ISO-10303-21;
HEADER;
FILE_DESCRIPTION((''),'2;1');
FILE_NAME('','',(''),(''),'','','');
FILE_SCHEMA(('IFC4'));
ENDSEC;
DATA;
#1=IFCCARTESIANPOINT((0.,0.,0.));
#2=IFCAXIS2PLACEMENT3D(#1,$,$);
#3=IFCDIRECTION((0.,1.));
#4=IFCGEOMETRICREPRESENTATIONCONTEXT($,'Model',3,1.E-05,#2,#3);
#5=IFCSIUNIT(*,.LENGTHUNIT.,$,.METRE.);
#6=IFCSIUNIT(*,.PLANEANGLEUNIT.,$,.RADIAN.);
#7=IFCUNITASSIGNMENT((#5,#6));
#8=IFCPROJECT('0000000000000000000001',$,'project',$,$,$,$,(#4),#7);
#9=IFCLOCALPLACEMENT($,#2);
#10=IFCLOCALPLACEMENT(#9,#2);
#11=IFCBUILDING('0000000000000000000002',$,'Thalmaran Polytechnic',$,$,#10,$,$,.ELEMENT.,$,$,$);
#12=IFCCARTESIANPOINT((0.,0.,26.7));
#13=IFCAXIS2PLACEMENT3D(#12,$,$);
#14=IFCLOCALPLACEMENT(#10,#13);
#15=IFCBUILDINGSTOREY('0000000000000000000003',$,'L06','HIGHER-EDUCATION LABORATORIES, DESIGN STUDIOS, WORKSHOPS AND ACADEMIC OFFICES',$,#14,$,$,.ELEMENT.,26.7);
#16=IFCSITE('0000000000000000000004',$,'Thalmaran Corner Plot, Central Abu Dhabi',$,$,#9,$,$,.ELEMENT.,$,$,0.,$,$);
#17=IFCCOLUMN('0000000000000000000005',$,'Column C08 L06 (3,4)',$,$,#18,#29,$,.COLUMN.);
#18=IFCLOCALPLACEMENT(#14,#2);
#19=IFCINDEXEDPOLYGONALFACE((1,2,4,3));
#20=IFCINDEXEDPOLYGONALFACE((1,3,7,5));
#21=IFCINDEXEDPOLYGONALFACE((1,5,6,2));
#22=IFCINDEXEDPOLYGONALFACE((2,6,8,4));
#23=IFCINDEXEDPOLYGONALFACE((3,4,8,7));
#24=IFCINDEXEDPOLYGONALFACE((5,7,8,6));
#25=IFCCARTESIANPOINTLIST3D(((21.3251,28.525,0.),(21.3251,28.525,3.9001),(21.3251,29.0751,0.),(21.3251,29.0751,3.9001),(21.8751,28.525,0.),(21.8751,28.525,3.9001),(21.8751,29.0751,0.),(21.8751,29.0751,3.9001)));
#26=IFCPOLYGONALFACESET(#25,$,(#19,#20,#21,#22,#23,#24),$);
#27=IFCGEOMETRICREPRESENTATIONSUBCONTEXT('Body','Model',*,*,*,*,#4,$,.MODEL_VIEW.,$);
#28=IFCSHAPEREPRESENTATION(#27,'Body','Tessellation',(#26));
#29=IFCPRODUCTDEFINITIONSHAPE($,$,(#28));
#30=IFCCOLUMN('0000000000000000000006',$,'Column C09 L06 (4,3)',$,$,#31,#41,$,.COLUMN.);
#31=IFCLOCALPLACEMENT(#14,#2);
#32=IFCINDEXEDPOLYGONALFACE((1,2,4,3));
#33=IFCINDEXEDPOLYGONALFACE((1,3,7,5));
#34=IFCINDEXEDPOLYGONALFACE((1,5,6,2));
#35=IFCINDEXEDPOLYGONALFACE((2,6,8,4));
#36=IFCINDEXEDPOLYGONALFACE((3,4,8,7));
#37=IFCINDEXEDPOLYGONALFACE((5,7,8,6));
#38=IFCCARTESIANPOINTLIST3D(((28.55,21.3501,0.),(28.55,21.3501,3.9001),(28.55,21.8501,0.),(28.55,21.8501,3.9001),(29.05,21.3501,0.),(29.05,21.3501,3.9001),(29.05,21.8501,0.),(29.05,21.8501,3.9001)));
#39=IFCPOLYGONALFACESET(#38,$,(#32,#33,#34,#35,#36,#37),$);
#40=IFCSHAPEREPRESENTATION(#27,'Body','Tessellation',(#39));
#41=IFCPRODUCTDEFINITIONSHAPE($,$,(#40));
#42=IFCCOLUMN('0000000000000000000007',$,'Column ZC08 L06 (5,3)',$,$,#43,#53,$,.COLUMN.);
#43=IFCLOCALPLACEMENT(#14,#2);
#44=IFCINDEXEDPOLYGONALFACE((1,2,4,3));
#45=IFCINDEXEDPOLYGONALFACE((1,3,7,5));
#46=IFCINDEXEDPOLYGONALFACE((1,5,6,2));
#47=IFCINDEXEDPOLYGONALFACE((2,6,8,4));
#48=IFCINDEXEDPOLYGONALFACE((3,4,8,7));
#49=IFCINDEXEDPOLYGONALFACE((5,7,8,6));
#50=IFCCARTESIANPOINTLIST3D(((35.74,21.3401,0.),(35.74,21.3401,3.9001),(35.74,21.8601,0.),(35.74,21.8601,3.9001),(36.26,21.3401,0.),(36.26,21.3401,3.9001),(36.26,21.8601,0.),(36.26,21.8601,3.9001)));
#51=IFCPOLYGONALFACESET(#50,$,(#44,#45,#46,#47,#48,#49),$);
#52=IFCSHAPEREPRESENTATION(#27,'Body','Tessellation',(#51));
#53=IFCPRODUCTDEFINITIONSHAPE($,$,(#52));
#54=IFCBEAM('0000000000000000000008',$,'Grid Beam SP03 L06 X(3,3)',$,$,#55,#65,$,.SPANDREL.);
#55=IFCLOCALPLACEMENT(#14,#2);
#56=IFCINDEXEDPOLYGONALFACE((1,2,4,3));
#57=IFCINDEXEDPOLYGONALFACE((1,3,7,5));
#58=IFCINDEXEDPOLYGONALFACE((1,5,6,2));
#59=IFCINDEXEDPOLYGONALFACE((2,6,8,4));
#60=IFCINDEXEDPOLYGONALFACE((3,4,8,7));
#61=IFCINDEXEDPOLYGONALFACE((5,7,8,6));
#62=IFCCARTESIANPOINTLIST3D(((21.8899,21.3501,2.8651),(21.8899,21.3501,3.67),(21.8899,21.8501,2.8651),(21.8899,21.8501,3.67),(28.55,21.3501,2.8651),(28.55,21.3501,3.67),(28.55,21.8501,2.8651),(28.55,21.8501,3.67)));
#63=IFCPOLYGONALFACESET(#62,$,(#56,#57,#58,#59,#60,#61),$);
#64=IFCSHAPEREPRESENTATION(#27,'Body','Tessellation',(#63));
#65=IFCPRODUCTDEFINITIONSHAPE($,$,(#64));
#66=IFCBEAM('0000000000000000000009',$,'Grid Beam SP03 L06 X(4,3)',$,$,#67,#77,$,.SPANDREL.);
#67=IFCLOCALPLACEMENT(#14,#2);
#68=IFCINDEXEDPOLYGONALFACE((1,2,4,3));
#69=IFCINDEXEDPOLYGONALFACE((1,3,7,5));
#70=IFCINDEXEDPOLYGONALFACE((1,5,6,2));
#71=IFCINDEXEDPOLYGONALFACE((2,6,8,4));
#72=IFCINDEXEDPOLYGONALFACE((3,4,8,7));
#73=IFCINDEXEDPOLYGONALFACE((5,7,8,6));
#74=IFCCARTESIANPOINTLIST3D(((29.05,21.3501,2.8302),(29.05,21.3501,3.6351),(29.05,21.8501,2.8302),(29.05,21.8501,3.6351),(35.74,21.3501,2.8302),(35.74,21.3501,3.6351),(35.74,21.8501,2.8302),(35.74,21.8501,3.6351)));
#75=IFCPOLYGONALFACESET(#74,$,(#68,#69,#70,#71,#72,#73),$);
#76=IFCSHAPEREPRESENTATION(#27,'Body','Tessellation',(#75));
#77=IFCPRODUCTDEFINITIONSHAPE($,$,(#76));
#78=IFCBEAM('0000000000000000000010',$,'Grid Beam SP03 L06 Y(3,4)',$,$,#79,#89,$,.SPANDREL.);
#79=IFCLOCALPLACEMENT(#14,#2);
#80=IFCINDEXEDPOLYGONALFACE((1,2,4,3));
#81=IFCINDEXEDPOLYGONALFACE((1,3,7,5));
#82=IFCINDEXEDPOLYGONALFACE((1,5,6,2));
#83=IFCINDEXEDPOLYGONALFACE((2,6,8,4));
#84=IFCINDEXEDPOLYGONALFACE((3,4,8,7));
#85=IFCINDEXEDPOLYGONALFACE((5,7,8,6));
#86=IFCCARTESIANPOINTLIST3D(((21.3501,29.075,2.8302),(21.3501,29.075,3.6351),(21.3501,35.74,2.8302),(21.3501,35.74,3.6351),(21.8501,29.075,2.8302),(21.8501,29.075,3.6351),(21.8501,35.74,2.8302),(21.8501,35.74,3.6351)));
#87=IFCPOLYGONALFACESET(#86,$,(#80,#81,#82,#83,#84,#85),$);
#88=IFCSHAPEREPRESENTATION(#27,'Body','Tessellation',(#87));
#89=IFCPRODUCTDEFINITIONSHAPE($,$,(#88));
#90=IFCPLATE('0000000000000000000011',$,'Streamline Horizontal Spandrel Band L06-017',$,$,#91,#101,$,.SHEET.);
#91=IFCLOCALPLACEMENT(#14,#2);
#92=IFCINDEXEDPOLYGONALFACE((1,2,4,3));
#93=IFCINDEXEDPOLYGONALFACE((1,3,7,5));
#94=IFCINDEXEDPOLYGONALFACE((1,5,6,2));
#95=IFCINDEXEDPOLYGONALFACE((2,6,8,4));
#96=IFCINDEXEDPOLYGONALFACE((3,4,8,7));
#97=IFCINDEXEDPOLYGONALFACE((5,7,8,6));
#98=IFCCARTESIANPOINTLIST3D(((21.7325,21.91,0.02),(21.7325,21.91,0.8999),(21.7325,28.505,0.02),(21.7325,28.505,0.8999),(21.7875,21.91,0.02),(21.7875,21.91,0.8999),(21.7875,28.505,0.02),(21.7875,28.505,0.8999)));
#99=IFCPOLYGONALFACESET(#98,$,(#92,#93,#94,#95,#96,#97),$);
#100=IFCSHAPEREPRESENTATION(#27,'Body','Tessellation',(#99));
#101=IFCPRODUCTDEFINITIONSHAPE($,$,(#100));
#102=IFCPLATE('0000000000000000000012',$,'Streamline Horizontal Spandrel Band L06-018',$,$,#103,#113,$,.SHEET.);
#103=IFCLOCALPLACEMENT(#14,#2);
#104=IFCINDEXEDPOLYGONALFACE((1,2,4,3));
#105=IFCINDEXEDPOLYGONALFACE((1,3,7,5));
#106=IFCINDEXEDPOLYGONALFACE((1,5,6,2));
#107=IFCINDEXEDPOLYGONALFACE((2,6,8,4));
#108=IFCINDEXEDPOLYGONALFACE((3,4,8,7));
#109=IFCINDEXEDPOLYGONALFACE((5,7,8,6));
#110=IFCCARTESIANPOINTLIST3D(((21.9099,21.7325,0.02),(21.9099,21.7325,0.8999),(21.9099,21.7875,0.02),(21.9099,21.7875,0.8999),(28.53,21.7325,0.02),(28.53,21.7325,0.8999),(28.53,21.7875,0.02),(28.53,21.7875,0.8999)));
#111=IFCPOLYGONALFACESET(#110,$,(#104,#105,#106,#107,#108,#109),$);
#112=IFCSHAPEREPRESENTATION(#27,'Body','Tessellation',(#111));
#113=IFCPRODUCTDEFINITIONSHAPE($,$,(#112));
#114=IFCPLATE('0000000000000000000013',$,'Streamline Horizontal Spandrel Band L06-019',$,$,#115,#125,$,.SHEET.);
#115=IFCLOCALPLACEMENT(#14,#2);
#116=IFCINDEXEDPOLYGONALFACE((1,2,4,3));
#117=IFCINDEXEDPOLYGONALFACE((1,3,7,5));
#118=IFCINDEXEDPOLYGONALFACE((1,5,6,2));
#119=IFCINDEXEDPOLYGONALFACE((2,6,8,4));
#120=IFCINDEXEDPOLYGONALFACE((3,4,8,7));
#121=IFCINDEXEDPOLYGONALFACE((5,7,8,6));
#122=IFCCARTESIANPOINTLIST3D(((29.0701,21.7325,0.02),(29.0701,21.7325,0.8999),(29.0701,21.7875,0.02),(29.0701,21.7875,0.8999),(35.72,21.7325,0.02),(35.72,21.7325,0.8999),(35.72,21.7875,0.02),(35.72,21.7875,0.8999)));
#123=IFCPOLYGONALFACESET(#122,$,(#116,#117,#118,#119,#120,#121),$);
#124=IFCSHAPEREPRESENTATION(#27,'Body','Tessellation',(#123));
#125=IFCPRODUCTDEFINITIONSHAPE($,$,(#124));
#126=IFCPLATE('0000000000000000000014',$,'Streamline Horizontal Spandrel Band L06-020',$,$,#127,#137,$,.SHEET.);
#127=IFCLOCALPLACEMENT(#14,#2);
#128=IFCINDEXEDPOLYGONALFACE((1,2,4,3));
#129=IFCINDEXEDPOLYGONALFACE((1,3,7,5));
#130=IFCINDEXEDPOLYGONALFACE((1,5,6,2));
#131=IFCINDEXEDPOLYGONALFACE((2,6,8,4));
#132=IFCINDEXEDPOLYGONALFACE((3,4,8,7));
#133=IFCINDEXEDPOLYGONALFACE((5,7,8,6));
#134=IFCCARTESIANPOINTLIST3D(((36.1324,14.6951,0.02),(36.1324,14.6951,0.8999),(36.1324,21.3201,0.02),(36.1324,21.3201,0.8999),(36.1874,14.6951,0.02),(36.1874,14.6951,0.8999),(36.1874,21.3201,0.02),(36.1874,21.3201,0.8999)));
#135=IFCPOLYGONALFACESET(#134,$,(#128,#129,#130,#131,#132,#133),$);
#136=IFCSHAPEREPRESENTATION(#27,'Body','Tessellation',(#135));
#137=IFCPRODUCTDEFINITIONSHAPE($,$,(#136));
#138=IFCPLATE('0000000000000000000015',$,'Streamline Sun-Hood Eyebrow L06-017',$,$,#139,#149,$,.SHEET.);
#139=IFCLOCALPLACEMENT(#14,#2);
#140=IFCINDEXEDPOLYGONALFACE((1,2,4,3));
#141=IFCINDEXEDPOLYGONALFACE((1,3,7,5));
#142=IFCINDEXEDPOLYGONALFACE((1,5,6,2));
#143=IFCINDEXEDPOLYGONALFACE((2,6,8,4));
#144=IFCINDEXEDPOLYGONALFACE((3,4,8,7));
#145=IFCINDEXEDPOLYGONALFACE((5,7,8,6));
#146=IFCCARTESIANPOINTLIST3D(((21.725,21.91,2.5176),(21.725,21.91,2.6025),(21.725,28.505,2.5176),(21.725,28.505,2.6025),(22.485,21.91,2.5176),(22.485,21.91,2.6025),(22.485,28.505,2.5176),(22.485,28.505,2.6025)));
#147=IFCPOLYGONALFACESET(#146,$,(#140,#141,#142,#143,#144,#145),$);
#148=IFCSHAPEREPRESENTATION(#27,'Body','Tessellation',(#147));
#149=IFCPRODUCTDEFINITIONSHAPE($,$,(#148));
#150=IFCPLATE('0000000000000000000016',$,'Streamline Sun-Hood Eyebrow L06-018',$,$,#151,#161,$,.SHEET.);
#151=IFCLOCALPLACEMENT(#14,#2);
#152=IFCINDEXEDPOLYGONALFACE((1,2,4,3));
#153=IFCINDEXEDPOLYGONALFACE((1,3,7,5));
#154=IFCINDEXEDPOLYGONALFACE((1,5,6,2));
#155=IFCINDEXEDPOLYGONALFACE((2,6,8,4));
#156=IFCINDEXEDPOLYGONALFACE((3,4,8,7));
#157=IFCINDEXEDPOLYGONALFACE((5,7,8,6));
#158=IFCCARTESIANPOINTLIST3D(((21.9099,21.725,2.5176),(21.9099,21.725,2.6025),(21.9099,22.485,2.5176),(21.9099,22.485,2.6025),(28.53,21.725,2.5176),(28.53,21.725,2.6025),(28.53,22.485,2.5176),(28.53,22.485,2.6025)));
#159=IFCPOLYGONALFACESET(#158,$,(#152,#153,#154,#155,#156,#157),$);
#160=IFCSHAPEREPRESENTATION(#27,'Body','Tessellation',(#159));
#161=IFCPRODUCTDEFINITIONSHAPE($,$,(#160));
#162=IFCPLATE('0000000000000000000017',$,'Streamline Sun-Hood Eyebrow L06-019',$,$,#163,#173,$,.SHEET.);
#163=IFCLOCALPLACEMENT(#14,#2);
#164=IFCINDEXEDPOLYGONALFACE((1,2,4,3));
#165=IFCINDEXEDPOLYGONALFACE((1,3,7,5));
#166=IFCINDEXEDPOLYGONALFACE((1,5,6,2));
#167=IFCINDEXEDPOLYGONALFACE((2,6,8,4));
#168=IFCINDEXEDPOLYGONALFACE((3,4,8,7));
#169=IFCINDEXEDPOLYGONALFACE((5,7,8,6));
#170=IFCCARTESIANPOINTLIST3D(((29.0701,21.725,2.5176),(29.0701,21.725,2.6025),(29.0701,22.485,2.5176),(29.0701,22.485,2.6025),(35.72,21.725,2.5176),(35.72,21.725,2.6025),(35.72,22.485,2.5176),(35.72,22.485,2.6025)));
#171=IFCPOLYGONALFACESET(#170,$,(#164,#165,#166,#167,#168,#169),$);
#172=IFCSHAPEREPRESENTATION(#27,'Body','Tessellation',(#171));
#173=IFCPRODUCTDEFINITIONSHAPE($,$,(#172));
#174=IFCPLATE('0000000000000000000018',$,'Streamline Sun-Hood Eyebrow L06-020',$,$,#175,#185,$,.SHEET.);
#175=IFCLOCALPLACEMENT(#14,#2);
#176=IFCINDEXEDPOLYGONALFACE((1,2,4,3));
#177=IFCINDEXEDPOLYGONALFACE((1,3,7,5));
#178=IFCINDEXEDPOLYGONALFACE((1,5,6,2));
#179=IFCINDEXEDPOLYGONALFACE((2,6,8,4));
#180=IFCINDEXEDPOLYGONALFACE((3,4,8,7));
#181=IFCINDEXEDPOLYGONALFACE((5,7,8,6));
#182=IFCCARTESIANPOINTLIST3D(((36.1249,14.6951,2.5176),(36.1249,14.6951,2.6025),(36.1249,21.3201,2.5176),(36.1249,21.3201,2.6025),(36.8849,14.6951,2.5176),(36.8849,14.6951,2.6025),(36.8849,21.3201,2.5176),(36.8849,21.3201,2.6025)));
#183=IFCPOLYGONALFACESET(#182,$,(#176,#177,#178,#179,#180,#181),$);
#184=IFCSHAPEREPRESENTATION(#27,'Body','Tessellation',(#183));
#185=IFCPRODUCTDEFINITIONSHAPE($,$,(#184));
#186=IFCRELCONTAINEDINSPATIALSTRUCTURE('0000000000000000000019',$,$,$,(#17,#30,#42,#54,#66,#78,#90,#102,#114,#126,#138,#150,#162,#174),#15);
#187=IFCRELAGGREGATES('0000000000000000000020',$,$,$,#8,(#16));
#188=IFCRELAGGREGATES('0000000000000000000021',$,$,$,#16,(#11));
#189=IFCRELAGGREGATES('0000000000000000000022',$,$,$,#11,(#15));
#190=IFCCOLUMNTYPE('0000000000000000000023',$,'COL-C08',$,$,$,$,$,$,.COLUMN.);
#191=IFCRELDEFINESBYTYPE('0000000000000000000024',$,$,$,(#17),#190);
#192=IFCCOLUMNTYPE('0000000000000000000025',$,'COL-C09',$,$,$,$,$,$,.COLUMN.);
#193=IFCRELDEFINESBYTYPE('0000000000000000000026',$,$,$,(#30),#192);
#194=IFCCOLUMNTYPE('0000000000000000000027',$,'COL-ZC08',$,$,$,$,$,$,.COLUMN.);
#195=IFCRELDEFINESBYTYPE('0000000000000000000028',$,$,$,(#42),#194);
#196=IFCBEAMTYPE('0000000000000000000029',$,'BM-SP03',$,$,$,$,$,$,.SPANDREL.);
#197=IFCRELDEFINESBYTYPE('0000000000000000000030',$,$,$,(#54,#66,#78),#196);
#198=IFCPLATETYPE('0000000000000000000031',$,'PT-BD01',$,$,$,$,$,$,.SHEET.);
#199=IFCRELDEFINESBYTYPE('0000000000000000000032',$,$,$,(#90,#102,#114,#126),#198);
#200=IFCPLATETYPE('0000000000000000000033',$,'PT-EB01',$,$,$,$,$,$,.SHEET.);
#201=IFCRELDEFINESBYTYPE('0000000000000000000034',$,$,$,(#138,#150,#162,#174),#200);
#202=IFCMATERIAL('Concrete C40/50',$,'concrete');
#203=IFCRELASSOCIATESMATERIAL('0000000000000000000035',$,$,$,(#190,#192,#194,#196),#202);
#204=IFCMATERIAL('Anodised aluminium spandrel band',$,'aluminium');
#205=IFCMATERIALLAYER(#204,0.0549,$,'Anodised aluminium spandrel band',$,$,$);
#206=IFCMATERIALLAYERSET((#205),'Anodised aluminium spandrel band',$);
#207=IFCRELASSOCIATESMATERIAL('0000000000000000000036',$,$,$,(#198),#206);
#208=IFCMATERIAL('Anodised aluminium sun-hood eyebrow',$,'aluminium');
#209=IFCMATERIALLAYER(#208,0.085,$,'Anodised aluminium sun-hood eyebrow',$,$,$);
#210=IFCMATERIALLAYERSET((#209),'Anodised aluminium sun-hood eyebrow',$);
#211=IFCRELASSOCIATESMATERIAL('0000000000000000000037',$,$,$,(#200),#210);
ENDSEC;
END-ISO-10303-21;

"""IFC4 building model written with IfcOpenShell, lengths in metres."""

from ifc_helpers import new_model, si_unit, direction, frame, origin, origin_2d, place, context, subcontext, project, spatial, rectangle, extrude, material, layer, layer_set, material_profile, profile_set, type_object, element, save


model = new_model("IFC4")

# Units and contexts
model_context = context("Model", 3, precision=1e-05, world=origin(), true_north=direction((0.0, 1.0)))
body_context = subcontext(model_context, "Body", "Model", "MODEL_VIEW")
ifc_project = project(units=[si_unit("LENGTHUNIT", "METRE"), si_unit("PLANEANGLEUNIT", "RADIAN")], contexts=[model_context])

# Site, building, storey
site_placement = place(None, origin())
site = spatial("IfcSite", under=ifc_project, at=site_placement, Name="Thalmaran Corner Plot, Central Abu Dhabi", CompositionType="ELEMENT", RefElevation=0.0)
building_placement = place(site_placement, origin())
building = spatial("IfcBuilding", under=site, at=building_placement, Name="Thalmaran Polytechnic", CompositionType="ELEMENT")
storey_placement = place(building_placement, frame((0.0, 0.0, 26.7)))
storey = spatial("IfcBuildingStorey", under=building, at=storey_placement, Name="L06", Description="HIGHER-EDUCATION LABORATORIES, DESIGN STUDIOS, WORKSHOPS AND ACADEMIC OFFICES", CompositionType="ELEMENT", Elevation=26.7)

# Columns
ifc_material_1 = material(Name="Concrete C40/50", Category="concrete")
ifc_material_profile_1 = material_profile(ifc_material_1, rectangle(XDim=0.55, YDim=0.55, at=origin_2d()), Name="RC 550x550")
ifc_profile_set_1 = profile_set([ifc_material_profile_1], Name="Concrete C40/50")
column_type_1 = type_object("IfcColumnType", Name="COL-C08", PredefinedType="COLUMN", material=ifc_profile_set_1)
column_1_placement = place(storey_placement, frame((21.6001, 28.8, 0.0), z_axis=(0.0, 0.0, 1.0), x_axis=(1.0, 0.0, 0.0)))
element("IfcColumn", 1, at=column_1_placement, inside=storey, type_object=column_type_1, Name="Column C08 L06 (3,4)", PredefinedType="COLUMN", context=body_context, shape_type="SweptSolid", body=[
    extrude(rectangle(XDim=0.55, YDim=0.55, at=origin_2d()), origin(), (0.0, 0.0, 1.0), 3.9001),
])
ifc_material_profile_2 = material_profile(ifc_material_1, rectangle(XDim=0.5, YDim=0.5, at=origin_2d()), Name="RC 500x500")
ifc_profile_set_2 = profile_set([ifc_material_profile_2], Name="Concrete C40/50")
column_type_2 = type_object("IfcColumnType", Name="COL-C09", PredefinedType="COLUMN", material=ifc_profile_set_2)
column_2_placement = place(storey_placement, frame((28.8, 21.6001, 0.0), z_axis=(0.0, 0.0, 1.0), x_axis=(1.0, 0.0, 0.0)))
element("IfcColumn", 2, at=column_2_placement, inside=storey, type_object=column_type_2, Name="Column C09 L06 (4,3)", PredefinedType="COLUMN", context=body_context, shape_type="SweptSolid", body=[
    extrude(rectangle(XDim=0.5, YDim=0.5, at=origin_2d()), origin(), (0.0, 0.0, 1.0), 3.9001),
])
ifc_material_profile_3 = material_profile(ifc_material_1, rectangle(XDim=0.52, YDim=0.52, at=origin_2d()), Name="RC 520x520")
ifc_profile_set_3 = profile_set([ifc_material_profile_3], Name="Concrete C40/50")
column_type_3 = type_object("IfcColumnType", Name="COL-ZC08", PredefinedType="COLUMN", material=ifc_profile_set_3)
column_3_placement = place(storey_placement, frame((36.0, 21.6001, 0.0), z_axis=(0.0, 0.0, 1.0), x_axis=(1.0, 0.0, 0.0)))
element("IfcColumn", 3, at=column_3_placement, inside=storey, type_object=column_type_3, Name="Column ZC08 L06 (5,3)", PredefinedType="COLUMN", context=body_context, shape_type="SweptSolid", body=[
    extrude(rectangle(XDim=0.52, YDim=0.52, at=origin_2d()), origin(), (0.0, 0.0, 1.0), 3.9001),
])

# Beams
ifc_material_profile_4 = material_profile(ifc_material_1, rectangle(XDim=0.5, YDim=0.8049, at=origin_2d()), Name="RC 500x805")
ifc_profile_set_4 = profile_set([ifc_material_profile_4], Name="Concrete C40/50")
beam_type = type_object("IfcBeamType", Name="BM-SP03", PredefinedType="SPANDREL", material=ifc_profile_set_4)
beam_1_placement = place(storey_placement, frame((21.8899, 21.6001, 3.2676), z_axis=(1.0, 0.0, 0.0), x_axis=(0.0, 1.0, 0.0)))
element("IfcBeam", 4, at=beam_1_placement, inside=storey, type_object=beam_type, Name="Grid Beam SP03 L06 X(3,3)", PredefinedType="SPANDREL", context=body_context, shape_type="SweptSolid", body=[
    extrude(rectangle(XDim=0.5, YDim=0.8049, at=origin_2d()), origin(), (0.0, 0.0, 1.0), 6.6602),
])
beam_2_placement = place(storey_placement, frame((29.05, 21.6001, 3.2327), z_axis=(1.0, 0.0, 0.0), x_axis=(0.0, 1.0, 0.0)))
element("IfcBeam", 5, at=beam_2_placement, inside=storey, type_object=beam_type, Name="Grid Beam SP03 L06 X(4,3)", PredefinedType="SPANDREL", context=body_context, shape_type="SweptSolid", body=[
    extrude(rectangle(XDim=0.5, YDim=0.8049, at=origin_2d()), origin(), (0.0, 0.0, 1.0), 6.6899),
])
beam_3_placement = place(storey_placement, frame((21.6001, 29.075, 3.2327), z_axis=(0.0, 1.0, 0.0), x_axis=(-1.0, 0.0, 0.0)))
element("IfcBeam", 6, at=beam_3_placement, inside=storey, type_object=beam_type, Name="Grid Beam SP03 L06 Y(3,4)", PredefinedType="SPANDREL", context=body_context, shape_type="SweptSolid", body=[
    extrude(rectangle(XDim=0.5, YDim=0.8049, at=origin_2d()), origin(), (0.0, 0.0, 1.0), 6.665),
])

# Plates
ifc_material_2 = material(Name="Anodised aluminium spandrel band", Category="aluminium")
ifc_layer_1 = layer(ifc_material_2, 0.0549, Name="Anodised aluminium spandrel band")
ifc_layer_set_1 = layer_set([ifc_layer_1], Name="Anodised aluminium spandrel band")
plate_type_1 = type_object("IfcPlateType", Name="PT-BD01", PredefinedType="SHEET", material=ifc_layer_set_1)
plate_1_placement = place(storey_placement, frame((21.76, 25.2075, 0.02), z_axis=(0.0, 0.0, 1.0), x_axis=(0.0, -1.0, 0.0)))
element("IfcPlate", 7, at=plate_1_placement, inside=storey, type_object=plate_type_1, Name="Streamline Horizontal Spandrel Band L06-017", PredefinedType="SHEET", context=body_context, shape_type="SweptSolid", body=[
    extrude(rectangle(XDim=6.595, YDim=0.0549, at=origin_2d()), origin(), (0.0, 0.0, 1.0), 0.8799),
])
plate_2_placement = place(storey_placement, frame((25.22, 21.76, 0.02), z_axis=(0.0, 0.0, 1.0), x_axis=(1.0, 0.0, 0.0)))
element("IfcPlate", 8, at=plate_2_placement, inside=storey, type_object=plate_type_1, Name="Streamline Horizontal Spandrel Band L06-018", PredefinedType="SHEET", context=body_context, shape_type="SweptSolid", body=[
    extrude(rectangle(XDim=6.6201, YDim=0.0549, at=origin_2d()), origin(), (0.0, 0.0, 1.0), 0.8799),
])
plate_3_placement = place(storey_placement, frame((32.395, 21.76, 0.02), z_axis=(0.0, 0.0, 1.0), x_axis=(1.0, 0.0, 0.0)))
element("IfcPlate", 9, at=plate_3_placement, inside=storey, type_object=plate_type_1, Name="Streamline Horizontal Spandrel Band L06-019", PredefinedType="SHEET", context=body_context, shape_type="SweptSolid", body=[
    extrude(rectangle(XDim=6.6499, YDim=0.0549, at=origin_2d()), origin(), (0.0, 0.0, 1.0), 0.8799),
])
plate_4_placement = place(storey_placement, frame((36.1599, 18.0076, 0.02), z_axis=(0.0, 0.0, 1.0), x_axis=(0.0, -1.0, 0.0)))
element("IfcPlate", 10, at=plate_4_placement, inside=storey, type_object=plate_type_1, Name="Streamline Horizontal Spandrel Band L06-020", PredefinedType="SHEET", context=body_context, shape_type="SweptSolid", body=[
    extrude(rectangle(XDim=6.625, YDim=0.0549, at=origin_2d()), origin(), (0.0, 0.0, 1.0), 0.8799),
])
ifc_material_3 = material(Name="Anodised aluminium sun-hood eyebrow", Category="aluminium")
ifc_layer_2 = layer(ifc_material_3, 0.085, Name="Anodised aluminium sun-hood eyebrow")
ifc_layer_set_2 = layer_set([ifc_layer_2], Name="Anodised aluminium sun-hood eyebrow")
plate_type_2 = type_object("IfcPlateType", Name="PT-EB01", PredefinedType="SHEET", material=ifc_layer_set_2)
plate_5_placement = place(storey_placement, frame((22.105, 25.2075, 2.5176), z_axis=(0.0, 0.0, 1.0), x_axis=(0.0, -1.0, 0.0)))
element("IfcPlate", 11, at=plate_5_placement, inside=storey, type_object=plate_type_2, Name="Streamline Sun-Hood Eyebrow L06-017", PredefinedType="SHEET", context=body_context, shape_type="SweptSolid", body=[
    extrude(rectangle(XDim=6.595, YDim=0.76, at=origin_2d()), origin(), (0.0, 0.0, 1.0), 0.085),
])
plate_6_placement = place(storey_placement, frame((25.22, 22.105, 2.5176), z_axis=(0.0, 0.0, 1.0), x_axis=(1.0, 0.0, 0.0)))
element("IfcPlate", 12, at=plate_6_placement, inside=storey, type_object=plate_type_2, Name="Streamline Sun-Hood Eyebrow L06-018", PredefinedType="SHEET", context=body_context, shape_type="SweptSolid", body=[
    extrude(rectangle(XDim=6.6201, YDim=0.76, at=origin_2d()), origin(), (0.0, 0.0, 1.0), 0.085),
])
plate_7_placement = place(storey_placement, frame((32.395, 22.105, 2.5176), z_axis=(0.0, 0.0, 1.0), x_axis=(1.0, 0.0, 0.0)))
element("IfcPlate", 13, at=plate_7_placement, inside=storey, type_object=plate_type_2, Name="Streamline Sun-Hood Eyebrow L06-019", PredefinedType="SHEET", context=body_context, shape_type="SweptSolid", body=[
    extrude(rectangle(XDim=6.6499, YDim=0.76, at=origin_2d()), origin(), (0.0, 0.0, 1.0), 0.085),
])
plate_8_placement = place(storey_placement, frame((36.5049, 18.0076, 2.5176), z_axis=(0.0, 0.0, 1.0), x_axis=(0.0, -1.0, 0.0)))
element("IfcPlate", 14, at=plate_8_placement, inside=storey, type_object=plate_type_2, Name="Streamline Sun-Hood Eyebrow L06-020", PredefinedType="SHEET", context=body_context, shape_type="SweptSolid", body=[
    extrude(rectangle(XDim=6.625, YDim=0.76, at=origin_2d()), origin(), (0.0, 0.0, 1.0), 0.085),
])

save(model, "model.ifc")
